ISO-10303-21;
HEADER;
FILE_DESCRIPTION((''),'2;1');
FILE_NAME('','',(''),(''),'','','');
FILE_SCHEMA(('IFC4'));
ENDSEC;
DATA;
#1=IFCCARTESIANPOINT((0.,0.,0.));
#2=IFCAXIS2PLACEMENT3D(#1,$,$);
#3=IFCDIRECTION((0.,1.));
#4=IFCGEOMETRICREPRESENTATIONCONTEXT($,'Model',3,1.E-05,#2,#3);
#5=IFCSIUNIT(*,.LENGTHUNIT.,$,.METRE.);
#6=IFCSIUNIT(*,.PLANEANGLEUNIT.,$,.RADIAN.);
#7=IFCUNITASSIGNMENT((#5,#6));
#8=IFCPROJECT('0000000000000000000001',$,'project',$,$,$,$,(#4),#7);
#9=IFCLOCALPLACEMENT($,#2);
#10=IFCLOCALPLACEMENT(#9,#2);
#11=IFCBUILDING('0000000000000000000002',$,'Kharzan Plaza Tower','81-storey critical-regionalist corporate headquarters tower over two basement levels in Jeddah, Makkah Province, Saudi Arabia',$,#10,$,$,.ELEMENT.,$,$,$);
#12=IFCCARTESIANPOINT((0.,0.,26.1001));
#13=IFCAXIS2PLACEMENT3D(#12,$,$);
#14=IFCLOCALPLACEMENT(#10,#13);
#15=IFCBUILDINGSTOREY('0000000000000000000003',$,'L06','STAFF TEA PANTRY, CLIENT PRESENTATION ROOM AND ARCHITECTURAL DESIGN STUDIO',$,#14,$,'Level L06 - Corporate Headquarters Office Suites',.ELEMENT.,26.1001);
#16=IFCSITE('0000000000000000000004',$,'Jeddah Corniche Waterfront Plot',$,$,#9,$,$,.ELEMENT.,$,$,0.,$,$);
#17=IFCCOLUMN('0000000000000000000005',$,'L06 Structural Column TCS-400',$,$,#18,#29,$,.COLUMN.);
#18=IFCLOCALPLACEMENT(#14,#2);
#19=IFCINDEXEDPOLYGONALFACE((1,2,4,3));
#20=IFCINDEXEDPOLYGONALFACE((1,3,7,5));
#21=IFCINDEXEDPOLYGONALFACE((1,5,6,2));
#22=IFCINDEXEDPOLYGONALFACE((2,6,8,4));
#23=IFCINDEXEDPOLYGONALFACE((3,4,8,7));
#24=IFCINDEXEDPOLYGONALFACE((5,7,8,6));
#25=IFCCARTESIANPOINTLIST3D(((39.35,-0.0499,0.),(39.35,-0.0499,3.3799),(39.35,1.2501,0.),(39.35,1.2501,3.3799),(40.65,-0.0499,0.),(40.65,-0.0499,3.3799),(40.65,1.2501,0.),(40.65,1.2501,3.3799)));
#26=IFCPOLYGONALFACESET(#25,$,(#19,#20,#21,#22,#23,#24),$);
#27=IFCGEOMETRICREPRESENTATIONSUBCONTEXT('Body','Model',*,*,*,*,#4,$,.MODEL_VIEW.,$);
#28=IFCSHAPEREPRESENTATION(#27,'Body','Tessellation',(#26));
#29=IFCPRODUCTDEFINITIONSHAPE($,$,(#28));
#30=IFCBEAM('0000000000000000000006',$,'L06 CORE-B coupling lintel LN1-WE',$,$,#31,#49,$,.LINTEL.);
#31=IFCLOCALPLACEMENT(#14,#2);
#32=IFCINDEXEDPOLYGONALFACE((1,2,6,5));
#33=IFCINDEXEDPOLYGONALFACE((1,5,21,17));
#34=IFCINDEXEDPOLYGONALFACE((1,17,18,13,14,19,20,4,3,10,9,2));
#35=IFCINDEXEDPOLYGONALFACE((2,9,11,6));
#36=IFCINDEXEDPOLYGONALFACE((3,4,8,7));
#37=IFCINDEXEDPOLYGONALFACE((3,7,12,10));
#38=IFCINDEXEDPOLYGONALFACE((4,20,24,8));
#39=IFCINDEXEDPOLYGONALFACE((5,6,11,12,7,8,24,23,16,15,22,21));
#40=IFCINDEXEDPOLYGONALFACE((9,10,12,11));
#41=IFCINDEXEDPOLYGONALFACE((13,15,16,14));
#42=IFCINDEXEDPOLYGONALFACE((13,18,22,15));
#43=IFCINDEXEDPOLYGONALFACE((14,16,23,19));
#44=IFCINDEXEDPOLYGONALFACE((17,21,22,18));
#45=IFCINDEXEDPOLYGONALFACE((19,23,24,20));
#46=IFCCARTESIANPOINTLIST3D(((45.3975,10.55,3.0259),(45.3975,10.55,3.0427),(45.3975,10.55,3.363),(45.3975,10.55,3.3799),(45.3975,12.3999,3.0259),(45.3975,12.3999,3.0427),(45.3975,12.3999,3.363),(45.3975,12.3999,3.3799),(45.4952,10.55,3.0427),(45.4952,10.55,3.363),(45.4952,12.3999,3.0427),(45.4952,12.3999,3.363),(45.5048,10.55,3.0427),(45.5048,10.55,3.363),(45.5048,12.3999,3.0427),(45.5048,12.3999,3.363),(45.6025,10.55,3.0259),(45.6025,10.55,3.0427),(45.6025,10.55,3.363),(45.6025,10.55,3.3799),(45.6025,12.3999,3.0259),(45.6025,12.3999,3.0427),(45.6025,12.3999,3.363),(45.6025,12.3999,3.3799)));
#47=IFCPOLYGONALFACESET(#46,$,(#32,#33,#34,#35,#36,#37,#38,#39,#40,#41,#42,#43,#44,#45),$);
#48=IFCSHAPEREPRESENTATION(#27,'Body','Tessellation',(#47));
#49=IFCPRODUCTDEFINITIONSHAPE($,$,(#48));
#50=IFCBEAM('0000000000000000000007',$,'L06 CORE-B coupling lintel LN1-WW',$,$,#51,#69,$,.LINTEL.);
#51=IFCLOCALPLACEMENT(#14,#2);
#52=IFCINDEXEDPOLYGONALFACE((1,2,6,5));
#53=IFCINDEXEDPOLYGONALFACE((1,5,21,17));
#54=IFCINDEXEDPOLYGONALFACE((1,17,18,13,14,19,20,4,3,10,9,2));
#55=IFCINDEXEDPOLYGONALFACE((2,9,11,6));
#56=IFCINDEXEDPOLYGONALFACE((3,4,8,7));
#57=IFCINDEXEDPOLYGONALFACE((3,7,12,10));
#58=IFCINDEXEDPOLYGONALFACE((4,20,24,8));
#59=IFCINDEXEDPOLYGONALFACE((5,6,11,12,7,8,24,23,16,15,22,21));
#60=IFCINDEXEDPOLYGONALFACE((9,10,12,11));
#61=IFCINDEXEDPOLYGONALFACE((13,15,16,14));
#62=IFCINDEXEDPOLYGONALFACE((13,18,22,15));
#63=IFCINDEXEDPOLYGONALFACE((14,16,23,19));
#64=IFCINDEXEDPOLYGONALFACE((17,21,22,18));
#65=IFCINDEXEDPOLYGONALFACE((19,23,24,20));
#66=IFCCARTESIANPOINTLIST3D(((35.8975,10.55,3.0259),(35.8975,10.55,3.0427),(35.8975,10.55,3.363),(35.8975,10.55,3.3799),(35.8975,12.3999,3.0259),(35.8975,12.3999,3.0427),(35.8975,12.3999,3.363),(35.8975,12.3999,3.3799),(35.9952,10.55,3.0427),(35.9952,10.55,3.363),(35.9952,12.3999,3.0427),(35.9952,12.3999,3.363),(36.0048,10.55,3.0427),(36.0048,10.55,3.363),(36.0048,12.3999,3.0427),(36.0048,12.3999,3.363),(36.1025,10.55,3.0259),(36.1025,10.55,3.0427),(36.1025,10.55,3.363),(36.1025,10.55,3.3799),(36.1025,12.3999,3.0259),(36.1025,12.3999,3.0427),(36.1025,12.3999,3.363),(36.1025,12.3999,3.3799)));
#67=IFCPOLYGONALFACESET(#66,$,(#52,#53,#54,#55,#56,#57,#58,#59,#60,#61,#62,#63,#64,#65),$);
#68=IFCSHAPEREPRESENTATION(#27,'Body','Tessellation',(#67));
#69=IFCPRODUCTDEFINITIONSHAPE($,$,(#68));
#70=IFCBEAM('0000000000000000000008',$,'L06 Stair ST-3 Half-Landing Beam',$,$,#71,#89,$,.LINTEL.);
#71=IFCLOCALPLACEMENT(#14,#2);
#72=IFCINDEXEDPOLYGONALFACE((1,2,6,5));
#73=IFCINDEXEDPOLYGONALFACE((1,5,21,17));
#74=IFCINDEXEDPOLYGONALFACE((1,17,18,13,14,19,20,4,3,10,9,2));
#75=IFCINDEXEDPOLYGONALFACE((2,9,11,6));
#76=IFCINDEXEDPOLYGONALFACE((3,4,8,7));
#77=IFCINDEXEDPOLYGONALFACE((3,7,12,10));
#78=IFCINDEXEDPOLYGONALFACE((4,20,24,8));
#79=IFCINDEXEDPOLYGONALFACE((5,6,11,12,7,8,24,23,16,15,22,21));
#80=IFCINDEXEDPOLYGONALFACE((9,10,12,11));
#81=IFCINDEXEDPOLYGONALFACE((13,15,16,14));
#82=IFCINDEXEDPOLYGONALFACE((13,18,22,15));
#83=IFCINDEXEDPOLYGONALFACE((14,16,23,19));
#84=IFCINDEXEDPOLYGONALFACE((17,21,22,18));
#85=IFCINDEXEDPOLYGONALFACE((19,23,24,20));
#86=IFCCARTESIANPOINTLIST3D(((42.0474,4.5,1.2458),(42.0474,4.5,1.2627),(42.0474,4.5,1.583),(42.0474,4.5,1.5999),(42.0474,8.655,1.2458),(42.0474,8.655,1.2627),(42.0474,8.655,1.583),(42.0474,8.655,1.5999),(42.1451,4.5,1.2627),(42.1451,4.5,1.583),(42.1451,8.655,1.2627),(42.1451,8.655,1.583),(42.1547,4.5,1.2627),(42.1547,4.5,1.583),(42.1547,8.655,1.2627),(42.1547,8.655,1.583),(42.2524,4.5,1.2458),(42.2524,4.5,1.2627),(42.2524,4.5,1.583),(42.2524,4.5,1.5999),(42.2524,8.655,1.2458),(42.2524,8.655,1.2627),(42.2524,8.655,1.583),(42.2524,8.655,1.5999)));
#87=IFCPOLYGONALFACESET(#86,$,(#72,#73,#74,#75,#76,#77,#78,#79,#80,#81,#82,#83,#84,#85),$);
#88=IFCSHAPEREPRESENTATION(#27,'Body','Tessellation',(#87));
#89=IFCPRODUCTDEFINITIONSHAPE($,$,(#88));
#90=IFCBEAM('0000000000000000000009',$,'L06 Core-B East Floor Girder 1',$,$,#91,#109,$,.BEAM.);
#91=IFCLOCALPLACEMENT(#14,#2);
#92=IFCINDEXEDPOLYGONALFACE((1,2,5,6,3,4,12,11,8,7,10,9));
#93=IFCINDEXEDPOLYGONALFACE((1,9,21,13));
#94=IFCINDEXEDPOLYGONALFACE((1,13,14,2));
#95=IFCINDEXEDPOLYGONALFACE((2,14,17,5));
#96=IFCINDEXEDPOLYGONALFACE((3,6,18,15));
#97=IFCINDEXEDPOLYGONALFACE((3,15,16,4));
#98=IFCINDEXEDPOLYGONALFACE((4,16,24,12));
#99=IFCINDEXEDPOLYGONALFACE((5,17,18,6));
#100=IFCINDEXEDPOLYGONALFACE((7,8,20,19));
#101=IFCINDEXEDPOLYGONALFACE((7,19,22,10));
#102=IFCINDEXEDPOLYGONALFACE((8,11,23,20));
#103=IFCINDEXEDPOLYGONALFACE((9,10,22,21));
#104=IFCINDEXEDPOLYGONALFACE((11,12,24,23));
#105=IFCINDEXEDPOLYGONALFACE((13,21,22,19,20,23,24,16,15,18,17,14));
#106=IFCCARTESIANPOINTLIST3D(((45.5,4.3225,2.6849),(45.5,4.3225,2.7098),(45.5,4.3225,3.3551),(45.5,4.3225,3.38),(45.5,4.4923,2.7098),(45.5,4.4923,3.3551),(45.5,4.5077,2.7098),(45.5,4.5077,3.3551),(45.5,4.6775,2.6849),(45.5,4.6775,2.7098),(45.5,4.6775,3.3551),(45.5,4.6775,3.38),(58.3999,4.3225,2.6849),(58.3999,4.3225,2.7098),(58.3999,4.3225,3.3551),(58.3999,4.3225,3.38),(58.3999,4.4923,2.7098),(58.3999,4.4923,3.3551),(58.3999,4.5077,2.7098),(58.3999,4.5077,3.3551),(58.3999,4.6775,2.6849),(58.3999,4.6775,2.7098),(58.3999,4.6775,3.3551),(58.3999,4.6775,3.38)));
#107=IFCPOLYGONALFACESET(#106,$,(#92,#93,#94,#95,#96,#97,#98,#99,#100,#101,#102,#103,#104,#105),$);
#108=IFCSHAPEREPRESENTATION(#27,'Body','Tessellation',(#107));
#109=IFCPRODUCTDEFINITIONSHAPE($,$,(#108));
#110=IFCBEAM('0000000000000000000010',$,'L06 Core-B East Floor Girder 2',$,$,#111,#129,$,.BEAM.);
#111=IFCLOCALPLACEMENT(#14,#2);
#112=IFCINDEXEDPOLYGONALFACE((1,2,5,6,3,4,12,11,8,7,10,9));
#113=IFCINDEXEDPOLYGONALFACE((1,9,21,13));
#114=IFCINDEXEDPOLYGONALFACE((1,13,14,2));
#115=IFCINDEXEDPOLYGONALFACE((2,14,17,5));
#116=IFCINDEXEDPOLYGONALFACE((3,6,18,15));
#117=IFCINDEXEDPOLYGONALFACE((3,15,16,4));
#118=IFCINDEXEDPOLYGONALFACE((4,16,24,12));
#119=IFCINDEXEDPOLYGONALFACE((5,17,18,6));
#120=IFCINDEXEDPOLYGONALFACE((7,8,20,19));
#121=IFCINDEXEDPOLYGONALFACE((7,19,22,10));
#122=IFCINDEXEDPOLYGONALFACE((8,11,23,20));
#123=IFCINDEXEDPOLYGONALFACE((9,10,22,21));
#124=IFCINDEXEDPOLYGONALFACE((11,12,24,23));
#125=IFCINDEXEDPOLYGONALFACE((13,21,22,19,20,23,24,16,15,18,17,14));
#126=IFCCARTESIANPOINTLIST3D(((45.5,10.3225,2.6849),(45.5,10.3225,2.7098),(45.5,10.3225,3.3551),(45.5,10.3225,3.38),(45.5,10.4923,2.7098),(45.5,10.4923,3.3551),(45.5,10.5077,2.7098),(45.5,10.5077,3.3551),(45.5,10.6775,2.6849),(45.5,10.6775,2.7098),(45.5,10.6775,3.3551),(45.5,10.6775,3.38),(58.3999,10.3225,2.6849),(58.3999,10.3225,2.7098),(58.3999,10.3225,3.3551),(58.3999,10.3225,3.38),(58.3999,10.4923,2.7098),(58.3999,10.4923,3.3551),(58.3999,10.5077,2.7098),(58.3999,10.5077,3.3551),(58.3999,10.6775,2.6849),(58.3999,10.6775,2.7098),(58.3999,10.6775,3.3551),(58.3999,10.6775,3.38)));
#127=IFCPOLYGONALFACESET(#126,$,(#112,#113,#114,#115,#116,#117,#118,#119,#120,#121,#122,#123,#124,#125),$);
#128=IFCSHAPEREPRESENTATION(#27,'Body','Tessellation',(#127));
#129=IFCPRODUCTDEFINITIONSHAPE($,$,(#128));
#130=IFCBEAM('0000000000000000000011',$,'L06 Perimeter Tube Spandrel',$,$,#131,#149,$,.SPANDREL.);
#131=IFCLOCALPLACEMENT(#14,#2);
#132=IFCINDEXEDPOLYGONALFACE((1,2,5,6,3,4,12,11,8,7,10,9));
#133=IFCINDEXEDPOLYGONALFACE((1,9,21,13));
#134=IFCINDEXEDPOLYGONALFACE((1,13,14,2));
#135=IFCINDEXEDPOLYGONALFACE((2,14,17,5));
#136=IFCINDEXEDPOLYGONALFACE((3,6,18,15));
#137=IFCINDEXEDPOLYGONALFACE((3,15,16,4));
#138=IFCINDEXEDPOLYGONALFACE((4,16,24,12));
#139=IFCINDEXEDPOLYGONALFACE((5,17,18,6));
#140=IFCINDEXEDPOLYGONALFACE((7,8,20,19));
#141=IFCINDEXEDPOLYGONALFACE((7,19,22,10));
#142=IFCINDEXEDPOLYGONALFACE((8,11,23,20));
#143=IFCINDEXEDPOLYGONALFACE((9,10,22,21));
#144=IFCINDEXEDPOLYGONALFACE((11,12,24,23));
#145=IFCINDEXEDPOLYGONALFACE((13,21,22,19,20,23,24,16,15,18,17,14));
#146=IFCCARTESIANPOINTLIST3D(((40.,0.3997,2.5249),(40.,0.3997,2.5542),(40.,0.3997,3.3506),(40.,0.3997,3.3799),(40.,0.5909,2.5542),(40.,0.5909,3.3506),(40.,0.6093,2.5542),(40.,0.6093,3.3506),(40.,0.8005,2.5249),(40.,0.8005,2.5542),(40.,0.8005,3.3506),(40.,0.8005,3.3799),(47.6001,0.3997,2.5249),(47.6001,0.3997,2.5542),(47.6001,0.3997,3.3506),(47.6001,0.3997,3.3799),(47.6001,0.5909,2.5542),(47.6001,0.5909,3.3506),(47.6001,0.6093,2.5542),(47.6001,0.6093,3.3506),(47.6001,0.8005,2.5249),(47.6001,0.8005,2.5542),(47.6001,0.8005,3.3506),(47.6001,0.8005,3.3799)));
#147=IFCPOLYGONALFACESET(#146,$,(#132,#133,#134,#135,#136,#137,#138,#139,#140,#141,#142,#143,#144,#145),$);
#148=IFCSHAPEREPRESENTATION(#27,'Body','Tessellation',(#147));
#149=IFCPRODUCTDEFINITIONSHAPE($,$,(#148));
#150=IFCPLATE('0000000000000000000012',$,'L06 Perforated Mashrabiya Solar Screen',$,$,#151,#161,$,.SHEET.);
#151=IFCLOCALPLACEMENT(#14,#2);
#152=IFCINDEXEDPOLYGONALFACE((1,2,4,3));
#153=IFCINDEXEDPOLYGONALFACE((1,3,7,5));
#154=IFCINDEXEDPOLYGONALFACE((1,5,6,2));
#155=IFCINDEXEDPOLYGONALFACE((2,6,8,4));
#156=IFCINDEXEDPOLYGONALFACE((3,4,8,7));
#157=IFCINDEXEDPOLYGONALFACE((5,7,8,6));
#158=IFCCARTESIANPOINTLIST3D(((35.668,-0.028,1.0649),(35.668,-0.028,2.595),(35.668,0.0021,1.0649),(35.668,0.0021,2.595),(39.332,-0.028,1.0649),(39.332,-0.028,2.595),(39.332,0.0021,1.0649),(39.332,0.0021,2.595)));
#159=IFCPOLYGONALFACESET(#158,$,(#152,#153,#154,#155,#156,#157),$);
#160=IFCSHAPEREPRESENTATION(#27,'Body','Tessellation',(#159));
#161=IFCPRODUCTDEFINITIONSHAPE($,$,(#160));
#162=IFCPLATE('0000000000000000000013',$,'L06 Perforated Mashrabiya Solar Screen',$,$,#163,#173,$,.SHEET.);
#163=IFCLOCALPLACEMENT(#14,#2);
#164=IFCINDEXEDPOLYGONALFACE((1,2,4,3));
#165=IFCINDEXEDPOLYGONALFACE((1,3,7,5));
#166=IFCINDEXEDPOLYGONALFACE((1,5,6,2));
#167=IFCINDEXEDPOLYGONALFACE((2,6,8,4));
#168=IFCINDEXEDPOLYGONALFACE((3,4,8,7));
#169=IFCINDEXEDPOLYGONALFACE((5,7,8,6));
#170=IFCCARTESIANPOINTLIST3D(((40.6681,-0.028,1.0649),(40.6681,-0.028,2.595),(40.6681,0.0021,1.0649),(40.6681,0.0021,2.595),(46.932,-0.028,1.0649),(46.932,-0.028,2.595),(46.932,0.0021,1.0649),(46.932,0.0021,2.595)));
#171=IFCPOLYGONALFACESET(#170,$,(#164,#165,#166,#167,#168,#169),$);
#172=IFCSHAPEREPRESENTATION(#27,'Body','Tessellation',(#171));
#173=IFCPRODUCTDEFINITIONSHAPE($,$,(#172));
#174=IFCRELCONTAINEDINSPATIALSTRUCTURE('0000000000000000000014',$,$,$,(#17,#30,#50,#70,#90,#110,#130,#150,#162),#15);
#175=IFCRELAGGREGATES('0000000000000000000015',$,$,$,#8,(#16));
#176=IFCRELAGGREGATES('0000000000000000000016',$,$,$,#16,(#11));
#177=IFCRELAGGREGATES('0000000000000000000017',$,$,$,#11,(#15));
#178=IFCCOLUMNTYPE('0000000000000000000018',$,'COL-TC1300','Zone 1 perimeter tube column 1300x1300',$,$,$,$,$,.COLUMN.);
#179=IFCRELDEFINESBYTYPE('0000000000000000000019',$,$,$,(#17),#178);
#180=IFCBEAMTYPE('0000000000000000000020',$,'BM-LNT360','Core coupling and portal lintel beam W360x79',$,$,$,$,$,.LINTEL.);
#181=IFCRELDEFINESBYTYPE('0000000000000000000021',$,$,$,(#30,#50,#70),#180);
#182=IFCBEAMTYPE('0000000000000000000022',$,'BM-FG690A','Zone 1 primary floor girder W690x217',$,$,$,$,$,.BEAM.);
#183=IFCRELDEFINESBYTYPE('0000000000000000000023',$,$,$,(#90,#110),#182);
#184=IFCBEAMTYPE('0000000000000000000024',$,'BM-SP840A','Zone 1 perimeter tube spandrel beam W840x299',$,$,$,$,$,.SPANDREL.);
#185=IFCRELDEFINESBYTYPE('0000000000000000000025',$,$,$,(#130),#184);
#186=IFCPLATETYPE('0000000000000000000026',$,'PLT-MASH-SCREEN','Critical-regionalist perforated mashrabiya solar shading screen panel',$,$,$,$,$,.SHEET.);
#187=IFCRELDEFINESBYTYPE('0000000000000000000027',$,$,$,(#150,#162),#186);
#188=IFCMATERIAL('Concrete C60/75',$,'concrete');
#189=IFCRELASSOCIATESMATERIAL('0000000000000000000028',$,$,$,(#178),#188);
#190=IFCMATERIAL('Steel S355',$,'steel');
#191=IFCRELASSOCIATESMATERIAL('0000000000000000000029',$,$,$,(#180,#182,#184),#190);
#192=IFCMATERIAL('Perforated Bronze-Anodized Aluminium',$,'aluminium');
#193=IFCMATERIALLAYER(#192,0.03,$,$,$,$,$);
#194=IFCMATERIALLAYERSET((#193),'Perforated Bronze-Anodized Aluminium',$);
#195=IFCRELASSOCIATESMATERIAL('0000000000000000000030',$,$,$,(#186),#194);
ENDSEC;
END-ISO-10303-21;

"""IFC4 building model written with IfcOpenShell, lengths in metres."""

from ifc_helpers import new_model, si_unit, direction, frame, origin, origin_2d, place, context, subcontext, project, spatial, rectangle, i_section, extrude, source, transform, mapped, material, layer, layer_set, material_profile, profile_set, type_object, element, save


model = new_model("IFC4")

# Units and contexts
model_context = context("Model", 3, precision=1e-05, world=origin(), true_north=direction((0.0, 1.0)))
body_context = subcontext(model_context, "Body", "Model", "MODEL_VIEW")
ifc_project = project(units=[si_unit("LENGTHUNIT", "METRE"), si_unit("PLANEANGLEUNIT", "RADIAN")], contexts=[model_context])

# Site, building, storey
site_placement = place(None, origin())
site = spatial("IfcSite", under=ifc_project, at=site_placement, Name="Jeddah Corniche Waterfront Plot", CompositionType="ELEMENT", RefElevation=0.0)
building_placement = place(site_placement, origin())
building = spatial("IfcBuilding", under=site, at=building_placement, Name="Kharzan Plaza Tower", Description="81-storey critical-regionalist corporate headquarters tower over two basement levels in Jeddah, Makkah Province, Saudi Arabia", CompositionType="ELEMENT")
storey_placement = place(building_placement, frame((0.0, 0.0, 26.1001)))
storey = spatial("IfcBuildingStorey", under=building, at=storey_placement, Name="L06", Description="STAFF TEA PANTRY, CLIENT PRESENTATION ROOM AND ARCHITECTURAL DESIGN STUDIO", LongName="Level L06 - Corporate Headquarters Office Suites", CompositionType="ELEMENT", Elevation=26.1001)

# Column
ifc_material_1 = material(Name="Concrete C60/75", Category="concrete")
ifc_material_profile_1 = material_profile(ifc_material_1, rectangle(XDim=1.3, YDim=1.3, at=origin_2d()), Name="RC-TC1300x1300")
ifc_profile_set_1 = profile_set([ifc_material_profile_1], Name="Concrete C60/75")
column_type = type_object("IfcColumnType", Name="COL-TC1300", Description="Zone 1 perimeter tube column 1300x1300", PredefinedType="COLUMN", material=ifc_profile_set_1)
shared_shape_1 = source(origin(), body_context, "Body", "SweptSolid", [
    extrude(rectangle(XDim=1.3, YDim=1.3, at=origin_2d()), origin(), (0.0, 0.0, 1.0), 3.3799),
])
column_placement = place(storey_placement, frame((40.0, 0.6001, 0.0), z_axis=(0.0, 0.0, 1.0), x_axis=(1.0, 0.0, 0.0)))
element("IfcColumn", 1, at=column_placement, inside=storey, type_object=column_type, Name="L06 Structural Column TCS-400", PredefinedType="COLUMN", context=body_context, shape_type="MappedRepresentation", body=[
    mapped(shared_shape_1, transform((0.0, 0.0, 0.0), x_axis=(1.0, 0.0, 0.0), y_axis=(0.0, 1.0, 0.0), z_axis=(0.0, 0.0, 1.0))),
])

# Beams
ifc_material_2 = material(Name="Steel S355", Category="steel")
ifc_material_profile_2 = material_profile(ifc_material_2, i_section(OverallWidth=0.2051, OverallDepth=0.354, WebThickness=0.0095, FlangeThickness=0.0168, at=origin_2d()), Name="W360x79")
ifc_profile_set_2 = profile_set([ifc_material_profile_2], Name="Steel S355")
beam_type_1 = type_object("IfcBeamType", Name="BM-LNT360", Description="Core coupling and portal lintel beam W360x79", PredefinedType="LINTEL", material=ifc_profile_set_2)
shared_shape_2 = source(origin(), body_context, "Body", "SweptSolid", [
    extrude(i_section(OverallWidth=0.2051, OverallDepth=0.354, WebThickness=0.0095, FlangeThickness=0.0168, at=origin_2d()), origin(), (0.0, 0.0, 1.0), 1.8499),
])
for number, where, z_axis, x_axis, name in (
    (2, (45.5, 10.55, 3.2029), (0.0, 1.0, 0.0), (-1.0, 0.0, 0.0), "L06 CORE-B coupling lintel LN1-WE"),
    (3, (36.0, 10.55, 3.2029), (0.0, 1.0, 0.0), (-1.0, 0.0, 0.0), "L06 CORE-B coupling lintel LN1-WW"),
):
    element("IfcBeam", number, at=place(storey_placement, frame(where, z_axis=z_axis, x_axis=x_axis)), inside=storey, type_object=beam_type_1, Name=name, PredefinedType="LINTEL", context=body_context, shape_type="MappedRepresentation", body=[
        mapped(shared_shape_2, transform((0.0, 0.0, 0.0), x_axis=(1.0, 0.0, 0.0), y_axis=(0.0, 1.0, 0.0), z_axis=(0.0, 0.0, 1.0))),
    ])
shared_shape_3 = source(origin(), body_context, "Body", "SweptSolid", [
    extrude(i_section(OverallWidth=0.2051, OverallDepth=0.354, WebThickness=0.0095, FlangeThickness=0.0168, at=origin_2d()), origin(), (0.0, 0.0, 1.0), 4.155),
])
beam_1_placement = place(storey_placement, frame((42.1499, 4.5, 1.4229), z_axis=(0.0, 1.0, 0.0), x_axis=(-1.0, 0.0, 0.0)))
element("IfcBeam", 4, at=beam_1_placement, inside=storey, type_object=beam_type_1, Name="L06 Stair ST-3 Half-Landing Beam", PredefinedType="LINTEL", context=body_context, shape_type="MappedRepresentation", body=[
    mapped(shared_shape_3, transform((0.0, 0.0, 0.0), x_axis=(1.0, 0.0, 0.0), y_axis=(0.0, 1.0, 0.0), z_axis=(0.0, 0.0, 1.0))),
])
ifc_material_profile_3 = material_profile(ifc_material_2, i_section(OverallWidth=0.355, OverallDepth=0.6951, WebThickness=0.0154, FlangeThickness=0.0249, at=origin_2d()), Name="W690x217")
ifc_profile_set_3 = profile_set([ifc_material_profile_3], Name="Steel S355")
beam_type_2 = type_object("IfcBeamType", Name="BM-FG690A", Description="Zone 1 primary floor girder W690x217", PredefinedType="BEAM", material=ifc_profile_set_3)
shared_shape_4 = source(origin(), body_context, "Body", "SweptSolid", [
    extrude(i_section(OverallWidth=0.355, OverallDepth=0.6951, WebThickness=0.0154, FlangeThickness=0.0249, at=origin_2d()), origin(), (0.0, 0.0, 1.0), 12.8999),
])
for number, where, z_axis, x_axis, name in (
    (5, (45.5, 4.5, 3.0325), (1.0, 0.0, 0.0), (0.0, 1.0, 0.0), "L06 Core-B East Floor Girder 1"),
    (6, (45.5, 10.5, 3.0325), (1.0, 0.0, 0.0), (0.0, 1.0, 0.0), "L06 Core-B East Floor Girder 2"),
):
    element("IfcBeam", number, at=place(storey_placement, frame(where, z_axis=z_axis, x_axis=x_axis)), inside=storey, type_object=beam_type_2, Name=name, PredefinedType="BEAM", context=body_context, shape_type="MappedRepresentation", body=[
        mapped(shared_shape_4, transform((0.0, 0.0, 0.0), x_axis=(1.0, 0.0, 0.0), y_axis=(0.0, 1.0, 0.0), z_axis=(0.0, 0.0, 1.0))),
    ])
ifc_material_profile_4 = material_profile(ifc_material_2, i_section(OverallWidth=0.4009, OverallDepth=0.855, WebThickness=0.0183, FlangeThickness=0.0293, at=origin_2d()), Name="W840x299")
ifc_profile_set_4 = profile_set([ifc_material_profile_4], Name="Steel S355")
beam_type_3 = type_object("IfcBeamType", Name="BM-SP840A", Description="Zone 1 perimeter tube spandrel beam W840x299", PredefinedType="SPANDREL", material=ifc_profile_set_4)
shared_shape_5 = source(origin(), body_context, "Body", "SweptSolid", [
    extrude(i_section(OverallWidth=0.4009, OverallDepth=0.855, WebThickness=0.0183, FlangeThickness=0.0293, at=origin_2d()), origin(), (0.0, 0.0, 1.0), 7.6001),
])
beam_2_placement = place(storey_placement, frame((40.0, 0.6001, 2.9524), z_axis=(1.0, 0.0, 0.0), x_axis=(0.0, 1.0, 0.0)))
element("IfcBeam", 7, at=beam_2_placement, inside=storey, type_object=beam_type_3, Name="L06 Perimeter Tube Spandrel", PredefinedType="SPANDREL", context=body_context, shape_type="MappedRepresentation", body=[
    mapped(shared_shape_5, transform((0.0, 0.0, 0.0), x_axis=(1.0, 0.0, 0.0), y_axis=(0.0, 1.0, 0.0), z_axis=(0.0, 0.0, 1.0))),
])

# Plates
ifc_material_3 = material(Name="Perforated Bronze-Anodized Aluminium", Category="aluminium")
ifc_layer_1 = layer(ifc_material_3, 0.03)
ifc_layer_set_1 = layer_set([ifc_layer_1], Name="Perforated Bronze-Anodized Aluminium")
plate_type = type_object("IfcPlateType", Name="PLT-MASH-SCREEN", Description="Critical-regionalist perforated mashrabiya solar shading screen panel", PredefinedType="SHEET", material=ifc_layer_set_1)
shared_shape_6 = source(origin(), body_context, "Body", "SweptSolid", [
    extrude(rectangle(XDim=3.6641, YDim=0.03, at=origin_2d()), origin(), (0.0, 0.0, 1.0), 1.53),
])
plate_1_placement = place(storey_placement, frame((37.5, -0.0129, 1.0649), z_axis=(0.0, 0.0, 1.0), x_axis=(1.0, 0.0, 0.0)))
element("IfcPlate", 8, at=plate_1_placement, inside=storey, type_object=plate_type, Name="L06 Perforated Mashrabiya Solar Screen", PredefinedType="SHEET", context=body_context, shape_type="MappedRepresentation", body=[
    mapped(shared_shape_6, transform((0.0, 0.0, 0.0), x_axis=(1.0, 0.0, 0.0), y_axis=(0.0, 1.0, 0.0), z_axis=(0.0, 0.0, 1.0))),
])
shared_shape_7 = source(origin(), body_context, "Body", "SweptSolid", [
    extrude(rectangle(XDim=6.2639, YDim=0.03, at=origin_2d()), origin(), (0.0, 0.0, 1.0), 1.53),
])
plate_2_placement = place(storey_placement, frame((43.8, -0.0129, 1.0649), z_axis=(0.0, 0.0, 1.0), x_axis=(1.0, 0.0, 0.0)))
element("IfcPlate", 9, at=plate_2_placement, inside=storey, type_object=plate_type, Name="L06 Perforated Mashrabiya Solar Screen", PredefinedType="SHEET", context=body_context, shape_type="MappedRepresentation", body=[
    mapped(shared_shape_7, transform((0.0, 0.0, 0.0), x_axis=(1.0, 0.0, 0.0), y_axis=(0.0, 1.0, 0.0), z_axis=(0.0, 0.0, 1.0))),
])

save(model, "model.ifc")
